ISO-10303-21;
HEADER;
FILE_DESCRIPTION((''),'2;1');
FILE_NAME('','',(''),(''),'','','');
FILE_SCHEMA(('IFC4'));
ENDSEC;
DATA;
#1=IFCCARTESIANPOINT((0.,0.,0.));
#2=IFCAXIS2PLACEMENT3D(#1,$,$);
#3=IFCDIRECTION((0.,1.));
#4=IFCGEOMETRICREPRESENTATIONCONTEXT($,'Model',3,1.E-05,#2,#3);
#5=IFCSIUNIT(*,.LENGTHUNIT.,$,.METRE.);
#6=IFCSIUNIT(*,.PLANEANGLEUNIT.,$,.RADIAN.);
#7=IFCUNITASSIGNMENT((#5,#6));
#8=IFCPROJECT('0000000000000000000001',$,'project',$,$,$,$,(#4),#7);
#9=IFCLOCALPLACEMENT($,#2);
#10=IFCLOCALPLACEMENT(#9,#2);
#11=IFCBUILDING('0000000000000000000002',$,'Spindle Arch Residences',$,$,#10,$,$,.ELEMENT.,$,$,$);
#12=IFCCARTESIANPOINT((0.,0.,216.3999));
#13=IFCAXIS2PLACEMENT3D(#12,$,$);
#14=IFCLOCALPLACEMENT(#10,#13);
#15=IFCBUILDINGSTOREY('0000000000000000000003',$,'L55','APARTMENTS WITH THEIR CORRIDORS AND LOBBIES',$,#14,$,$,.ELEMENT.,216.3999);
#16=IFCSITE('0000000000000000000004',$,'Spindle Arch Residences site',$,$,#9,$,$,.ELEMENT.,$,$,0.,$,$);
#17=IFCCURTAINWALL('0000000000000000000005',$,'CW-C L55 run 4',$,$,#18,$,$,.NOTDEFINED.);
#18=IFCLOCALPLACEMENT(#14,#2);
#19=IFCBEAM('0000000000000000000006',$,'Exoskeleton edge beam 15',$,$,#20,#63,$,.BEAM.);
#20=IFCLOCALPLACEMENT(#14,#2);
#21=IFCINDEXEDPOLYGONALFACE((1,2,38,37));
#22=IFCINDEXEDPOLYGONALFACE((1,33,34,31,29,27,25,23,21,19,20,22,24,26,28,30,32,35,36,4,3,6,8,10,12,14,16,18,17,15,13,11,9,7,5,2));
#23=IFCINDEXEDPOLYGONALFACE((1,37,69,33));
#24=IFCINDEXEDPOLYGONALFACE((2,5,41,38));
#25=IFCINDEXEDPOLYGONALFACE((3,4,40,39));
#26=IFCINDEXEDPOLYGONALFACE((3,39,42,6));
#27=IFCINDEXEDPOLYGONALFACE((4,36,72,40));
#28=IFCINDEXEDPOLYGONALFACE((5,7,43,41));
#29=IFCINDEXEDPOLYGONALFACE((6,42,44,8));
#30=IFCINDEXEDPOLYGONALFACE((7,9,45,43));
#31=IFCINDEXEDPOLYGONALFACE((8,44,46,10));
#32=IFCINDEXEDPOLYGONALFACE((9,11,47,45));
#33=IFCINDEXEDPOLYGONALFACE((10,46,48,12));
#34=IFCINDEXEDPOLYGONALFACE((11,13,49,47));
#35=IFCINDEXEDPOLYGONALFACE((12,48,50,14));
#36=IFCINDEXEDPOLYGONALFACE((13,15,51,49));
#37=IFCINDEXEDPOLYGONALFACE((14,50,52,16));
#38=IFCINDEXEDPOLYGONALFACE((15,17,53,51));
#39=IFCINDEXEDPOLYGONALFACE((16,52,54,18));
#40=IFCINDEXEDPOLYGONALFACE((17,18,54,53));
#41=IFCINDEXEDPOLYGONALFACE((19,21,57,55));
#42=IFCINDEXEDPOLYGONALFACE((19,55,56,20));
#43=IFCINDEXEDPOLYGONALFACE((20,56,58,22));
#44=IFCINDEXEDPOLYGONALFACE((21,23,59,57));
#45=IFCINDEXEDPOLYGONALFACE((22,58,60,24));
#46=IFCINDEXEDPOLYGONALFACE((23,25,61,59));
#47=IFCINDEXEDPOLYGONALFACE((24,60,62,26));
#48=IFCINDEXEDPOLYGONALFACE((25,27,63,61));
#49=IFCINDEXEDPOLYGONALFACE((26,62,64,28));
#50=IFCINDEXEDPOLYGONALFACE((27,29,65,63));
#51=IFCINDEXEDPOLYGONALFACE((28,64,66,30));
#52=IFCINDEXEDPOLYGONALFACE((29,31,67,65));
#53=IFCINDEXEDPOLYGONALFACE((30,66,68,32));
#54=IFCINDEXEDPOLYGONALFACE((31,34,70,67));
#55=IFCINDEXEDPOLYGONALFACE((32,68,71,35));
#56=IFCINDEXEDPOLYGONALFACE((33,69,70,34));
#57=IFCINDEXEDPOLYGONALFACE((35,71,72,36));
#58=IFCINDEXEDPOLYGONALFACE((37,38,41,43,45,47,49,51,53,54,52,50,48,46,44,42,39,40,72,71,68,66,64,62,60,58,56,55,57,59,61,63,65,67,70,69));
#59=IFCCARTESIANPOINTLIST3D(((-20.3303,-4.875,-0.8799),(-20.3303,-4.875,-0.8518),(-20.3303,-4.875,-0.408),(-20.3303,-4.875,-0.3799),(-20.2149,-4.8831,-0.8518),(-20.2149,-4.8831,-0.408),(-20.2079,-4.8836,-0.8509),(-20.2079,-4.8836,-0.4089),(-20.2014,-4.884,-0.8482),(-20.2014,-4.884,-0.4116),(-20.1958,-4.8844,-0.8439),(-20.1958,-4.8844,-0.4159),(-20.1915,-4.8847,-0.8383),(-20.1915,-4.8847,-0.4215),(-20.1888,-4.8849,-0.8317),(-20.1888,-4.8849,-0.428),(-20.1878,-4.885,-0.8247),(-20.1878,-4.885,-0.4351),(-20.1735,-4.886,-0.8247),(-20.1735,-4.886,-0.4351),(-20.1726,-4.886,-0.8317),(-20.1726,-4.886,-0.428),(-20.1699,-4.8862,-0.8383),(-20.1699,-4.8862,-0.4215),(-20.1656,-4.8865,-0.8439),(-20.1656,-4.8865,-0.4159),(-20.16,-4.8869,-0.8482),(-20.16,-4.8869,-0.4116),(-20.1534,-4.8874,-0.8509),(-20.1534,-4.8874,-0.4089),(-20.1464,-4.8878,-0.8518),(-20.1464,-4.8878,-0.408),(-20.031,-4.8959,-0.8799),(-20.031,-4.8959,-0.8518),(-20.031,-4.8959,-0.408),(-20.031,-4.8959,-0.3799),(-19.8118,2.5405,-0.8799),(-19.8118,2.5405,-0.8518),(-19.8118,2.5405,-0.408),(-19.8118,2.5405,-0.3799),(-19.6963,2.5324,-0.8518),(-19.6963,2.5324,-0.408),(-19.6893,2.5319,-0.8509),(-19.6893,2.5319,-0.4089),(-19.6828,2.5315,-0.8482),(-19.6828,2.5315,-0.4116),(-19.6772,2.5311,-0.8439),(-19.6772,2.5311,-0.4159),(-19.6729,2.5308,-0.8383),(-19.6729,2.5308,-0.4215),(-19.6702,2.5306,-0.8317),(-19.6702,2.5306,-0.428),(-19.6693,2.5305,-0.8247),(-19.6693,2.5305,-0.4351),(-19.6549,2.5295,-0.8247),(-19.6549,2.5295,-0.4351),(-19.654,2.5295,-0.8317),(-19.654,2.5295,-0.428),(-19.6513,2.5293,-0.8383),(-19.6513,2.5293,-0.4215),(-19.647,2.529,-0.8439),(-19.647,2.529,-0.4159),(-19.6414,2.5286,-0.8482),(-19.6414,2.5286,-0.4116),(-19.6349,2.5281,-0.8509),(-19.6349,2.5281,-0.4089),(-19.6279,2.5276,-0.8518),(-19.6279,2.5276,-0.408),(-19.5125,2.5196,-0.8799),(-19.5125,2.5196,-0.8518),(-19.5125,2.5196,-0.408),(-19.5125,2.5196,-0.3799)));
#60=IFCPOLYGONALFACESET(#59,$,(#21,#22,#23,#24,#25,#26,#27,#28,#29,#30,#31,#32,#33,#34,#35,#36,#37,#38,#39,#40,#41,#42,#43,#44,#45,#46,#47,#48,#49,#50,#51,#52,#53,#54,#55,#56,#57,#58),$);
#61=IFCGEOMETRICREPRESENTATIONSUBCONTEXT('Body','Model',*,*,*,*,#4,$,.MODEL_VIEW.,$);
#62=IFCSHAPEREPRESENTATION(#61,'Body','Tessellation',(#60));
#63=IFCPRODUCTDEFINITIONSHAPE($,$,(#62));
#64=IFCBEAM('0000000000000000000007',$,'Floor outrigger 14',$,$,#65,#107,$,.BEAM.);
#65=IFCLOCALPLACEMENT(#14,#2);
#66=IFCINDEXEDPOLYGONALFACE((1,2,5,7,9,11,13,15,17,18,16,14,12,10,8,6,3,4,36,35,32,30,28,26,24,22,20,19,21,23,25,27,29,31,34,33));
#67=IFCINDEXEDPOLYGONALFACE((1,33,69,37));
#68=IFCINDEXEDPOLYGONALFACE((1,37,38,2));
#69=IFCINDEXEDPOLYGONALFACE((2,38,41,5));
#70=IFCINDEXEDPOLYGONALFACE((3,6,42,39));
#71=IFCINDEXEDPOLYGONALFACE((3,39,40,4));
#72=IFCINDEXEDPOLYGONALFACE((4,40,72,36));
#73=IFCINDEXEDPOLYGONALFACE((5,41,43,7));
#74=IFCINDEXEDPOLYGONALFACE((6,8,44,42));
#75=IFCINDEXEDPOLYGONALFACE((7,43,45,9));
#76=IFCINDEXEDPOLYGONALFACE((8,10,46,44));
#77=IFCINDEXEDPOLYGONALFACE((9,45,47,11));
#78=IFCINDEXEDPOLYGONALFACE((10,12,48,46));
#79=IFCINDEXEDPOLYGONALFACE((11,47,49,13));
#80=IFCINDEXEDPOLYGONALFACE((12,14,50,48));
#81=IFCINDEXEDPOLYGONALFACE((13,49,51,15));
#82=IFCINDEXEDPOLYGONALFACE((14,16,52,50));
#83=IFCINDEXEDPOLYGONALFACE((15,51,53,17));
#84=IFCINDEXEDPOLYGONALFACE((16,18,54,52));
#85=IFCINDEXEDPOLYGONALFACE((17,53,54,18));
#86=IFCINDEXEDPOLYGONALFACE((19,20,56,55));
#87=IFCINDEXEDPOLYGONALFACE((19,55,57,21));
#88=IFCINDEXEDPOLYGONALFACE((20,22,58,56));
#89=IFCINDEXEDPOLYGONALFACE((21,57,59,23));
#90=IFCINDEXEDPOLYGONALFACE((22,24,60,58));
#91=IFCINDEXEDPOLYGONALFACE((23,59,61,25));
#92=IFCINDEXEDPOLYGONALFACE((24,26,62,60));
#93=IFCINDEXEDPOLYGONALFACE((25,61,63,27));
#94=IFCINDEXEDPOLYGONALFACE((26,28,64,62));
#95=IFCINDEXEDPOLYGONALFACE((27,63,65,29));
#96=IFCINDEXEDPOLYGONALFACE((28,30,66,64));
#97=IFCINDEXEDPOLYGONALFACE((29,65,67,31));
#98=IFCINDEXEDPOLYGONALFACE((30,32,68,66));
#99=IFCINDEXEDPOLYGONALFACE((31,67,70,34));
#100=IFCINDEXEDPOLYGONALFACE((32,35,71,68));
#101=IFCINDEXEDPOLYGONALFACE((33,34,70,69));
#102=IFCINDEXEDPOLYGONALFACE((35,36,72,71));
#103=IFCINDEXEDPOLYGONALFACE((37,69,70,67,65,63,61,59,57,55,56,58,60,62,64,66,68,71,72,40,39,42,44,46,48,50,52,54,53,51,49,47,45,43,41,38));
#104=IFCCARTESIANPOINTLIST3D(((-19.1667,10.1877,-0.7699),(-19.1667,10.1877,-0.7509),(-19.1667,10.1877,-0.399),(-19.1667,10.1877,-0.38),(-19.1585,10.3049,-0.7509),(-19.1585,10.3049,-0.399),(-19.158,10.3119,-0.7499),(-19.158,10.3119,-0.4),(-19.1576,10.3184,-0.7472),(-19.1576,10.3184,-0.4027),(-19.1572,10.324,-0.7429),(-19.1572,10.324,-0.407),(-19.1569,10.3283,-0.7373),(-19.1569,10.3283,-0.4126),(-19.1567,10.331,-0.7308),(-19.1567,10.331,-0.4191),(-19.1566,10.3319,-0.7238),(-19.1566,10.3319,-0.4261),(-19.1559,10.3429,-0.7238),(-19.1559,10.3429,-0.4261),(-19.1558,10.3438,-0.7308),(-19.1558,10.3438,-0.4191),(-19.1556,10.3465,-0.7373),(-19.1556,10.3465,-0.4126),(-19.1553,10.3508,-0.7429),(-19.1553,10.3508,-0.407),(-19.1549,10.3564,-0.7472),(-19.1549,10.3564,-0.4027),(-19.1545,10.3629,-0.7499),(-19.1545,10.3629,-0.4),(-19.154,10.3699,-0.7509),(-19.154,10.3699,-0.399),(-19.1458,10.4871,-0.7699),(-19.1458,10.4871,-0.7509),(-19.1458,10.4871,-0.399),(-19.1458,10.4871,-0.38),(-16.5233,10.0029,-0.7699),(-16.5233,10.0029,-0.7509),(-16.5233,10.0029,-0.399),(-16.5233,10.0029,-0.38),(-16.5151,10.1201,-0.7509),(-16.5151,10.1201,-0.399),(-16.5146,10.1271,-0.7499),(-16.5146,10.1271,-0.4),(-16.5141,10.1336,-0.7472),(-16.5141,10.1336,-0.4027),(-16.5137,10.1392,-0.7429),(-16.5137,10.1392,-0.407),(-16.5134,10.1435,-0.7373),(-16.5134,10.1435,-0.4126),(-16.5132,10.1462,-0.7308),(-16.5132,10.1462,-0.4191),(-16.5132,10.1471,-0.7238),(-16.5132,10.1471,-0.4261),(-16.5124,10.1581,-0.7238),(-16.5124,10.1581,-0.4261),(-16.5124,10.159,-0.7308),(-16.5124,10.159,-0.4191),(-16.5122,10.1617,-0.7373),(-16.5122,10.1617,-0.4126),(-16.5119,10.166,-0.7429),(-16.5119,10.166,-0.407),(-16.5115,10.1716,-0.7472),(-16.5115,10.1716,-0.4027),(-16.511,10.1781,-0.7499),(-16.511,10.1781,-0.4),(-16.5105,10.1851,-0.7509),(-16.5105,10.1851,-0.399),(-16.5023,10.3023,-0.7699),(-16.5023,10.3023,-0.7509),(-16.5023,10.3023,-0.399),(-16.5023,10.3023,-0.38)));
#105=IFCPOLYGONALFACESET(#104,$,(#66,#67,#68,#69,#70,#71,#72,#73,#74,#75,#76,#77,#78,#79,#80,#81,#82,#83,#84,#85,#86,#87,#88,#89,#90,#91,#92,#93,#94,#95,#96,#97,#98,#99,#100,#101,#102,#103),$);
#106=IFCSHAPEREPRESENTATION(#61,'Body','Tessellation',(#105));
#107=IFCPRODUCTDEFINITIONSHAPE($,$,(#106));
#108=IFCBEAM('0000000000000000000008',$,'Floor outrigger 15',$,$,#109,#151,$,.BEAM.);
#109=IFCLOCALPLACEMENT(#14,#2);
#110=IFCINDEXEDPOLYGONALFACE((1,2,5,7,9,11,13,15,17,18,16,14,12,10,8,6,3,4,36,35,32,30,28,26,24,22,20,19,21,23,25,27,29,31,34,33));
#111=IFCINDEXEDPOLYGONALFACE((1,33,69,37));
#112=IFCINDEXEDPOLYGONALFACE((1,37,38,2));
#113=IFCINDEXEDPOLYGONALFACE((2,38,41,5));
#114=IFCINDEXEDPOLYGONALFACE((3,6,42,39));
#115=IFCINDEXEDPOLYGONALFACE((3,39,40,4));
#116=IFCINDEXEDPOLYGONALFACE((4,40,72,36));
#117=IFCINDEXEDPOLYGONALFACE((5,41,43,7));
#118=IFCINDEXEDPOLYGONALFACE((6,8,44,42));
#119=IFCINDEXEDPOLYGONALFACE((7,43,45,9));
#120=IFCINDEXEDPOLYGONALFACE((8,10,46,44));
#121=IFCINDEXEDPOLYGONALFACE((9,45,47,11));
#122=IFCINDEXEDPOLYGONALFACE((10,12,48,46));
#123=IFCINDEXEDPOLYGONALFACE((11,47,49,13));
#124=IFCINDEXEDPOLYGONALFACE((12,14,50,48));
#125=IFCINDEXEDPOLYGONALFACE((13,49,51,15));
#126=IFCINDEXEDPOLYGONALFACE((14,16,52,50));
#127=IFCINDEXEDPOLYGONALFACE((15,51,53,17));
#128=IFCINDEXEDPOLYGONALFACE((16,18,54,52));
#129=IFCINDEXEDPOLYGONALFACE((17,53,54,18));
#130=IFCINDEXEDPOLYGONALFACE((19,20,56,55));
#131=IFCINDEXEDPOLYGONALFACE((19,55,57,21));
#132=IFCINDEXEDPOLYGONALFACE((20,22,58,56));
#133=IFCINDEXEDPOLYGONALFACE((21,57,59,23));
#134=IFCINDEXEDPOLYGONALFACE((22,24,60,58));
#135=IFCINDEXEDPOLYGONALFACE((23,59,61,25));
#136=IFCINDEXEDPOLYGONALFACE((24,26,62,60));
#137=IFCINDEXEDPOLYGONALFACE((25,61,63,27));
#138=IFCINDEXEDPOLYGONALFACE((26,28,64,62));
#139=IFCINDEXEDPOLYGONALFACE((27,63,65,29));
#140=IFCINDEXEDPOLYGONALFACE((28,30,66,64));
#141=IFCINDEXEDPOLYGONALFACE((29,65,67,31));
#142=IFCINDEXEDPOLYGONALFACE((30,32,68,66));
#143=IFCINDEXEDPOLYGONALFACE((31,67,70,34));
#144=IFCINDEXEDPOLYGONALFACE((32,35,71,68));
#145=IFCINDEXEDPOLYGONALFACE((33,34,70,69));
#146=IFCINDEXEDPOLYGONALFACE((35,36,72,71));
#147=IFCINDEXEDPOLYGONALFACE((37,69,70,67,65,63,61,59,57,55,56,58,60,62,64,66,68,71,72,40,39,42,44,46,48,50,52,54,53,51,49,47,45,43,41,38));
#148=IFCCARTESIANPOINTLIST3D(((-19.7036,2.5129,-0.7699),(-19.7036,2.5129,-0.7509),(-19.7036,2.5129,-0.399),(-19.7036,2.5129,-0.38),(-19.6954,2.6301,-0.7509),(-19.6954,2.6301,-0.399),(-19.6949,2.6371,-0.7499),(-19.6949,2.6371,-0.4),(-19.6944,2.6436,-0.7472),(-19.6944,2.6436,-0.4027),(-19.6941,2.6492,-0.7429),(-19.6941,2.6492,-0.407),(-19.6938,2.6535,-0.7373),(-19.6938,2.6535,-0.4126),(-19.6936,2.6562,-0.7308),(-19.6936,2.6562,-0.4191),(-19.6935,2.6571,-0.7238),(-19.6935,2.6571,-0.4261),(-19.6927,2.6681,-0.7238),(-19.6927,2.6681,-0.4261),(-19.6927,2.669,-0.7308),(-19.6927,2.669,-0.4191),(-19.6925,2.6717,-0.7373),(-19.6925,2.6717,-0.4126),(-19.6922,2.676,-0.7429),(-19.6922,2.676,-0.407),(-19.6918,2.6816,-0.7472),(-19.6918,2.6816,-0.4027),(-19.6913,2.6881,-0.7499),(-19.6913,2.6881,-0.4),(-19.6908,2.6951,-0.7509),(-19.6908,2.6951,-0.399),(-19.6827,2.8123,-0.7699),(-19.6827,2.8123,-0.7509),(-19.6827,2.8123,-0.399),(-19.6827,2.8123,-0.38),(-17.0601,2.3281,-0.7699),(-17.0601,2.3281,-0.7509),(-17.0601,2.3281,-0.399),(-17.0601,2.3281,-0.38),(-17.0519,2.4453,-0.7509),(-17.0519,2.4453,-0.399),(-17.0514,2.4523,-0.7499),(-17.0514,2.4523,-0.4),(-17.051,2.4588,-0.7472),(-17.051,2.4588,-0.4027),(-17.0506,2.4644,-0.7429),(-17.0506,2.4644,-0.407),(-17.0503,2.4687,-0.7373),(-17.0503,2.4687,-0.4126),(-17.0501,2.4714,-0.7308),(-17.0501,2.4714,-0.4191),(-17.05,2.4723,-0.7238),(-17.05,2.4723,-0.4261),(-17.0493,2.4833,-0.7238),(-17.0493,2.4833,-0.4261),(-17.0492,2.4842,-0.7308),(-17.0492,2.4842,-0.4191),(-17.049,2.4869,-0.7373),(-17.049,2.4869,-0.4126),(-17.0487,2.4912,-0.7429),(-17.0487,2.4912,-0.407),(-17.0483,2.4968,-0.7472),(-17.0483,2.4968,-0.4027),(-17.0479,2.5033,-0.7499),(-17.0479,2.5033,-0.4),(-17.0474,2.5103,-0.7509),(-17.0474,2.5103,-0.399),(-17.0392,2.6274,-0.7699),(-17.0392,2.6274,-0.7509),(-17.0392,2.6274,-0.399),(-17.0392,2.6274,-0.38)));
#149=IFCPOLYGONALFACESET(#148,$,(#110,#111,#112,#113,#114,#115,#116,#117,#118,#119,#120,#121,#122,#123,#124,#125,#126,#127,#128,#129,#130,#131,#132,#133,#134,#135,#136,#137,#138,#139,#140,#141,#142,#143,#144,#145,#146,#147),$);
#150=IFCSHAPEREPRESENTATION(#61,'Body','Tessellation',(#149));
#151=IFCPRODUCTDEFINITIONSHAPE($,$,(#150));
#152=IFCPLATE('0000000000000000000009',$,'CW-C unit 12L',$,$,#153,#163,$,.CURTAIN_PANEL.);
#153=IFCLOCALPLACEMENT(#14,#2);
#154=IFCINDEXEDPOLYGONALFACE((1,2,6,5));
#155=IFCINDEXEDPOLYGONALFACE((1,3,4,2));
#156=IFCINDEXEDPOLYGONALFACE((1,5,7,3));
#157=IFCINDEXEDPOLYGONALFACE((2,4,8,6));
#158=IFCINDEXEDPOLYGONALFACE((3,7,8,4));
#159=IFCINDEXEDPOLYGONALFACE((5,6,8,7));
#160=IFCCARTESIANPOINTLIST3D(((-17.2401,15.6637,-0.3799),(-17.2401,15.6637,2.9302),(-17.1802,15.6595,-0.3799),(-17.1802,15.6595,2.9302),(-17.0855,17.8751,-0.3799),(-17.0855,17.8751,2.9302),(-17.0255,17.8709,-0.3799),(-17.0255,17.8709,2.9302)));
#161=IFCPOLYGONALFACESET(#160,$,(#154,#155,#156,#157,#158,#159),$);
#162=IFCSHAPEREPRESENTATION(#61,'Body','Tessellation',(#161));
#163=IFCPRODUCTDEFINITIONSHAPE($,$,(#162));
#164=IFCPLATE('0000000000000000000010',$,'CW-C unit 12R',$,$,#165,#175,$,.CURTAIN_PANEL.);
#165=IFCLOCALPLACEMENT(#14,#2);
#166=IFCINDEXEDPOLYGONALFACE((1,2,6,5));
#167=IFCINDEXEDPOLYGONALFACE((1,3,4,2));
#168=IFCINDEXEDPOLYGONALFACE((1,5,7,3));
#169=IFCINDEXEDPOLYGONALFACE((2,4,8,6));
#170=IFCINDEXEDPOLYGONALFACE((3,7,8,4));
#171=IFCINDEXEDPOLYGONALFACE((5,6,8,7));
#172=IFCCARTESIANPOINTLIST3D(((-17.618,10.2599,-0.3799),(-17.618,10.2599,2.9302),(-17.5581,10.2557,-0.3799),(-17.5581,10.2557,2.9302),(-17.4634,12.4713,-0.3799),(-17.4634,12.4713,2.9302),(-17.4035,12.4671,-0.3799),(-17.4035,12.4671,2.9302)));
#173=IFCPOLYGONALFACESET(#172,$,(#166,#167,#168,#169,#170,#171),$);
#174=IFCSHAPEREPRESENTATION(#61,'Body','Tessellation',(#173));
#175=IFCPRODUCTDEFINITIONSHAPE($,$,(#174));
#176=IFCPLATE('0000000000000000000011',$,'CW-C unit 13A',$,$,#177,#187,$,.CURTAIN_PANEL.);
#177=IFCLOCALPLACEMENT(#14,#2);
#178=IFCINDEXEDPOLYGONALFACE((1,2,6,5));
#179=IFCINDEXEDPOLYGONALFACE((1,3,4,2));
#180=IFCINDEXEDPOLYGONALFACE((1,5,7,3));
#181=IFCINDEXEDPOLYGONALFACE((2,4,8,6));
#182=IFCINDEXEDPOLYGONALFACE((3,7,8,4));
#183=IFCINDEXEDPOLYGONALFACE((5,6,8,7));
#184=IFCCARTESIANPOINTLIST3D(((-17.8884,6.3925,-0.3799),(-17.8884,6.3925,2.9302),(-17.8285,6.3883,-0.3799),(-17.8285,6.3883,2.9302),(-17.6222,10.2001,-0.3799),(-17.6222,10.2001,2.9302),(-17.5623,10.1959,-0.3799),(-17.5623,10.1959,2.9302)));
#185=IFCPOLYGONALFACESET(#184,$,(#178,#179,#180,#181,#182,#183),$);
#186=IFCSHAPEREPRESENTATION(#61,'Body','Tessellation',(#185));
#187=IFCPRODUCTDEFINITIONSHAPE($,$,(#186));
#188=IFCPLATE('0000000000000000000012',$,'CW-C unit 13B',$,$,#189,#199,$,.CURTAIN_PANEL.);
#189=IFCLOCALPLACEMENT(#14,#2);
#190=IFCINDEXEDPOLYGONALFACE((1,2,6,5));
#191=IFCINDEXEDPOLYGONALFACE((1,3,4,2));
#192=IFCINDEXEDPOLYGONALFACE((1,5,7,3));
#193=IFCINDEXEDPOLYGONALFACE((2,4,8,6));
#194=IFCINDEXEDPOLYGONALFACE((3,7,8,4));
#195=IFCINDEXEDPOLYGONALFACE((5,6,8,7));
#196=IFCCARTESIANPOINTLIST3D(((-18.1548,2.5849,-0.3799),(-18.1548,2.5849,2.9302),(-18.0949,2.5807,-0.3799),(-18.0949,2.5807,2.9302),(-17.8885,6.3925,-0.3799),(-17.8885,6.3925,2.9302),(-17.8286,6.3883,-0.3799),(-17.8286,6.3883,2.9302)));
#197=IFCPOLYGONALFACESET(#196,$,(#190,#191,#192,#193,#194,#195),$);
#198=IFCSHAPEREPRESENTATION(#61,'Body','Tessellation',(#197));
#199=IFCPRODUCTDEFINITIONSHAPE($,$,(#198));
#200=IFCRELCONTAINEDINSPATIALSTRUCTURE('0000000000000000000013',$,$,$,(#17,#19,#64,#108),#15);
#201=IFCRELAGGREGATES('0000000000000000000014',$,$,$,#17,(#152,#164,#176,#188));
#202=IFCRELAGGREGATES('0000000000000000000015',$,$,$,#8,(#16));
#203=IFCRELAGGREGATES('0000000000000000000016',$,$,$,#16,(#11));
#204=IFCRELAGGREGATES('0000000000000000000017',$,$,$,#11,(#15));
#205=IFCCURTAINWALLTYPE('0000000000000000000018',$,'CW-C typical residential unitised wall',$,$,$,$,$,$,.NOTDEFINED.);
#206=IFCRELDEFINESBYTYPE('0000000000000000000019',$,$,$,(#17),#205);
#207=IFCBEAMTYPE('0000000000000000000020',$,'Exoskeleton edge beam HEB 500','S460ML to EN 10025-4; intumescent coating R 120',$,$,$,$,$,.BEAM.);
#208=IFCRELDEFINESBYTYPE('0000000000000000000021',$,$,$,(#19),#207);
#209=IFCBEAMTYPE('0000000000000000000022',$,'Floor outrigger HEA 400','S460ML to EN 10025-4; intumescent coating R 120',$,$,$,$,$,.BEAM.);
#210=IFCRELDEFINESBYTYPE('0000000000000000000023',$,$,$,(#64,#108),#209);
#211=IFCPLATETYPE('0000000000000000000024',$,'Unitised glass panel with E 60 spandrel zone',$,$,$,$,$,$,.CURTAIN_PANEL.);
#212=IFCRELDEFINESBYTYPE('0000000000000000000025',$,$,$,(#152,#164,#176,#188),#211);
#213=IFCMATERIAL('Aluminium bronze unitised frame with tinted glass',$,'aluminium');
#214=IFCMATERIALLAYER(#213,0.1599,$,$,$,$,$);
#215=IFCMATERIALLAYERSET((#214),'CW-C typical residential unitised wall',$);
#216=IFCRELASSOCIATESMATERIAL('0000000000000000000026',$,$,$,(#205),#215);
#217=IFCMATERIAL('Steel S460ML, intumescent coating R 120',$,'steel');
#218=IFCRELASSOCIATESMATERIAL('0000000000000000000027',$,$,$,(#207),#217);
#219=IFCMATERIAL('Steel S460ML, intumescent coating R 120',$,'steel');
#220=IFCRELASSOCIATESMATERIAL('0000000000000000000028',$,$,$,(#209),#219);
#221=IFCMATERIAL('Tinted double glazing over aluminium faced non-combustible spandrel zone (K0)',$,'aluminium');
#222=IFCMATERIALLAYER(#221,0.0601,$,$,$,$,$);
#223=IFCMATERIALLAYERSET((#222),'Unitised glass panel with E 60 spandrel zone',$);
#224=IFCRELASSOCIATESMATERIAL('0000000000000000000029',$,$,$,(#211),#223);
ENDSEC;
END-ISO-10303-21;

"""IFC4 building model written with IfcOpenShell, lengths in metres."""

from ifc_helpers import new_model, si_unit, direction, frame, origin, origin_2d, place, context, subcontext, project, spatial, rectangle, i_section, extrude, material, layer, layer_set, material_profile, profile_set, type_object, element, aggregate, save


model = new_model("IFC4")

# Units and contexts
model_context = context("Model", 3, precision=1e-05, world=origin(), true_north=direction((0.0, 1.0)))
body_context = subcontext(model_context, "Body", "Model", "MODEL_VIEW")
ifc_project = project(units=[si_unit("LENGTHUNIT", "METRE"), si_unit("PLANEANGLEUNIT", "RADIAN")], contexts=[model_context])

# Site, building, storey
site_placement = place(None, origin())
site = spatial("IfcSite", under=ifc_project, at=site_placement, Name="Spindle Arch Residences site", CompositionType="ELEMENT", RefElevation=0.0)
building_placement = place(site_placement, origin())
building = spatial("IfcBuilding", under=site, at=building_placement, Name="Spindle Arch Residences", CompositionType="ELEMENT")
storey_placement = place(building_placement, frame((0.0, 0.0, 216.3999)))
storey = spatial("IfcBuildingStorey", under=building, at=storey_placement, Name="L55", Description="APARTMENTS WITH THEIR CORRIDORS AND LOBBIES", CompositionType="ELEMENT", Elevation=216.3999)

# Curtain wall
ifc_material_1 = material(Name="Aluminium bronze unitised frame with tinted glass", Category="aluminium")
ifc_layer_1 = layer(ifc_material_1, 0.1599)
ifc_layer_set_1 = layer_set([ifc_layer_1], Name="CW-C typical residential unitised wall")
curtain_wall_type = type_object("IfcCurtainWallType", Name="CW-C typical residential unitised wall", PredefinedType="NOTDEFINED", material=ifc_layer_set_1)
curtain_wall_placement = place(storey_placement, origin())
curtain_wall = element("IfcCurtainWall", 1, at=curtain_wall_placement, inside=storey, type_object=curtain_wall_type, Name="CW-C L55 run 4", PredefinedType="NOTDEFINED")

# Beams
ifc_material_2 = material(Name="Steel S460ML, intumescent coating R 120", Category="steel")
ifc_material_profile_1 = material_profile(ifc_material_2, i_section(OverallWidth=0.3, OverallDepth=0.5, WebThickness=0.0144, FlangeThickness=0.0281, FilletRadius=0.0271, at=origin_2d()), Name="HEB 500")
ifc_profile_set_1 = profile_set([ifc_material_profile_1], Name="Steel S460ML, intumescent coating R 120")
beam_type_1 = type_object("IfcBeamType", Name="Exoskeleton edge beam HEB 500", Description="S460ML to EN 10025-4; intumescent coating R 120", PredefinedType="BEAM", material=ifc_profile_set_1)
beam_1_placement = place(storey_placement, frame((-19.6621, 2.53, -0.6299), z_axis=(-0.069758, -0.997564, 0.0), x_axis=(0.997564, -0.069758, 0.0)))
element("IfcBeam", 2, at=beam_1_placement, inside=storey, type_object=beam_type_1, Name="Exoskeleton edge beam 15", PredefinedType="BEAM", context=body_context, shape_type="SweptSolid", body=[
    extrude(i_section(OverallWidth=0.3, OverallDepth=0.5, WebThickness=0.0144, FlangeThickness=0.0281, FilletRadius=0.0271, at=origin_2d()), origin(), (0.0, 0.0, 1.0), 7.4336),
])
ifc_material_3 = material(Name="Steel S460ML, intumescent coating R 120", Category="steel")
ifc_material_profile_2 = material_profile(ifc_material_3, i_section(OverallWidth=0.3, OverallDepth=0.3899, WebThickness=0.011, FlangeThickness=0.019, FilletRadius=0.0271, at=origin_2d()), Name="HEA 400")
ifc_profile_set_2 = profile_set([ifc_material_profile_2], Name="Steel S460ML, intumescent coating R 120")
beam_type_2 = type_object("IfcBeamType", Name="Floor outrigger HEA 400", Description="S460ML to EN 10025-4; intumescent coating R 120", PredefinedType="BEAM", material=ifc_profile_set_2)
for number, where, z_axis, x_axis, name in (
    (3, (-19.1562, 10.3374, -0.575), (0.997565, -0.069741, 0.0), (0.069741, 0.997565, 0.0), "Floor outrigger 14"),
    (4, (-19.6931, 2.6626, -0.575), (0.997565, -0.069741, 0.0), (0.069741, 0.997565, 0.0), "Floor outrigger 15"),
):
    element("IfcBeam", number, at=place(storey_placement, frame(where, z_axis=z_axis, x_axis=x_axis)), inside=storey, type_object=beam_type_2, Name=name, PredefinedType="BEAM", context=body_context, shape_type="SweptSolid", body=[
        extrude(i_section(OverallWidth=0.3, OverallDepth=0.3899, WebThickness=0.011, FlangeThickness=0.019, FilletRadius=0.0271, at=origin_2d()), origin(), (0.0, 0.0, 1.0), 2.6499),
    ])

# Plates
ifc_material_4 = material(Name="Tinted double glazing over aluminium faced non-combustible spandrel zone (K0)", Category="aluminium")
ifc_layer_2 = layer(ifc_material_4, 0.0601)
ifc_layer_set_2 = layer_set([ifc_layer_2], Name="Unitised glass panel with E 60 spandrel zone")
plate_type = type_object("IfcPlateType", Name="Unitised glass panel with E 60 spandrel zone", PredefinedType="CURTAIN_PANEL", material=ifc_layer_set_2)
plate_1_placement = place(storey_placement, frame((-17.1328, 16.7673, -0.3799), z_axis=(0.0, 0.0, 1.0), x_axis=(-0.069756, -0.997564, 0.0)))
plate_1 = element("IfcPlate", 5, at=plate_1_placement, type_object=plate_type, Name="CW-C unit 12L", PredefinedType="CURTAIN_PANEL", context=body_context, shape_type="SweptSolid", body=[
    extrude(rectangle(XDim=2.2168, YDim=0.0601, at=origin_2d()), origin(), (0.0, 0.0, 1.0), 3.3101),
])
plate_2_placement = place(storey_placement, frame((-17.5107, 11.3635, -0.3799), z_axis=(0.0, 0.0, 1.0), x_axis=(-0.069756, -0.997564, 0.0)))
plate_2 = element("IfcPlate", 6, at=plate_2_placement, type_object=plate_type, Name="CW-C unit 12R", PredefinedType="CURTAIN_PANEL", context=body_context, shape_type="SweptSolid", body=[
    extrude(rectangle(XDim=2.2168, YDim=0.0601, at=origin_2d()), origin(), (0.0, 0.0, 1.0), 3.3101),
])
plate_3_placement = place(storey_placement, frame((-17.7253, 8.2942, -0.3799), z_axis=(0.0, 0.0, 1.0), x_axis=(-0.069756, -0.997564, 0.0)))
plate_3 = element("IfcPlate", 7, at=plate_3_placement, type_object=plate_type, Name="CW-C unit 13A", PredefinedType="CURTAIN_PANEL", context=body_context, shape_type="SweptSolid", body=[
    extrude(rectangle(XDim=3.8169, YDim=0.0601, at=origin_2d()), origin(), (0.0, 0.0, 1.0), 3.3101),
])
plate_4_placement = place(storey_placement, frame((-17.9917, 4.4866, -0.3799), z_axis=(0.0, 0.0, 1.0), x_axis=(-0.069756, -0.997564, 0.0)))
plate_4 = element("IfcPlate", 8, at=plate_4_placement, type_object=plate_type, Name="CW-C unit 13B", PredefinedType="CURTAIN_PANEL", context=body_context, shape_type="SweptSolid", body=[
    extrude(rectangle(XDim=3.8169, YDim=0.0601, at=origin_2d()), origin(), (0.0, 0.0, 1.0), 3.3101),
])
aggregate(curtain_wall, [plate_1, plate_2, plate_3, plate_4])

save(model, "model.ifc")
